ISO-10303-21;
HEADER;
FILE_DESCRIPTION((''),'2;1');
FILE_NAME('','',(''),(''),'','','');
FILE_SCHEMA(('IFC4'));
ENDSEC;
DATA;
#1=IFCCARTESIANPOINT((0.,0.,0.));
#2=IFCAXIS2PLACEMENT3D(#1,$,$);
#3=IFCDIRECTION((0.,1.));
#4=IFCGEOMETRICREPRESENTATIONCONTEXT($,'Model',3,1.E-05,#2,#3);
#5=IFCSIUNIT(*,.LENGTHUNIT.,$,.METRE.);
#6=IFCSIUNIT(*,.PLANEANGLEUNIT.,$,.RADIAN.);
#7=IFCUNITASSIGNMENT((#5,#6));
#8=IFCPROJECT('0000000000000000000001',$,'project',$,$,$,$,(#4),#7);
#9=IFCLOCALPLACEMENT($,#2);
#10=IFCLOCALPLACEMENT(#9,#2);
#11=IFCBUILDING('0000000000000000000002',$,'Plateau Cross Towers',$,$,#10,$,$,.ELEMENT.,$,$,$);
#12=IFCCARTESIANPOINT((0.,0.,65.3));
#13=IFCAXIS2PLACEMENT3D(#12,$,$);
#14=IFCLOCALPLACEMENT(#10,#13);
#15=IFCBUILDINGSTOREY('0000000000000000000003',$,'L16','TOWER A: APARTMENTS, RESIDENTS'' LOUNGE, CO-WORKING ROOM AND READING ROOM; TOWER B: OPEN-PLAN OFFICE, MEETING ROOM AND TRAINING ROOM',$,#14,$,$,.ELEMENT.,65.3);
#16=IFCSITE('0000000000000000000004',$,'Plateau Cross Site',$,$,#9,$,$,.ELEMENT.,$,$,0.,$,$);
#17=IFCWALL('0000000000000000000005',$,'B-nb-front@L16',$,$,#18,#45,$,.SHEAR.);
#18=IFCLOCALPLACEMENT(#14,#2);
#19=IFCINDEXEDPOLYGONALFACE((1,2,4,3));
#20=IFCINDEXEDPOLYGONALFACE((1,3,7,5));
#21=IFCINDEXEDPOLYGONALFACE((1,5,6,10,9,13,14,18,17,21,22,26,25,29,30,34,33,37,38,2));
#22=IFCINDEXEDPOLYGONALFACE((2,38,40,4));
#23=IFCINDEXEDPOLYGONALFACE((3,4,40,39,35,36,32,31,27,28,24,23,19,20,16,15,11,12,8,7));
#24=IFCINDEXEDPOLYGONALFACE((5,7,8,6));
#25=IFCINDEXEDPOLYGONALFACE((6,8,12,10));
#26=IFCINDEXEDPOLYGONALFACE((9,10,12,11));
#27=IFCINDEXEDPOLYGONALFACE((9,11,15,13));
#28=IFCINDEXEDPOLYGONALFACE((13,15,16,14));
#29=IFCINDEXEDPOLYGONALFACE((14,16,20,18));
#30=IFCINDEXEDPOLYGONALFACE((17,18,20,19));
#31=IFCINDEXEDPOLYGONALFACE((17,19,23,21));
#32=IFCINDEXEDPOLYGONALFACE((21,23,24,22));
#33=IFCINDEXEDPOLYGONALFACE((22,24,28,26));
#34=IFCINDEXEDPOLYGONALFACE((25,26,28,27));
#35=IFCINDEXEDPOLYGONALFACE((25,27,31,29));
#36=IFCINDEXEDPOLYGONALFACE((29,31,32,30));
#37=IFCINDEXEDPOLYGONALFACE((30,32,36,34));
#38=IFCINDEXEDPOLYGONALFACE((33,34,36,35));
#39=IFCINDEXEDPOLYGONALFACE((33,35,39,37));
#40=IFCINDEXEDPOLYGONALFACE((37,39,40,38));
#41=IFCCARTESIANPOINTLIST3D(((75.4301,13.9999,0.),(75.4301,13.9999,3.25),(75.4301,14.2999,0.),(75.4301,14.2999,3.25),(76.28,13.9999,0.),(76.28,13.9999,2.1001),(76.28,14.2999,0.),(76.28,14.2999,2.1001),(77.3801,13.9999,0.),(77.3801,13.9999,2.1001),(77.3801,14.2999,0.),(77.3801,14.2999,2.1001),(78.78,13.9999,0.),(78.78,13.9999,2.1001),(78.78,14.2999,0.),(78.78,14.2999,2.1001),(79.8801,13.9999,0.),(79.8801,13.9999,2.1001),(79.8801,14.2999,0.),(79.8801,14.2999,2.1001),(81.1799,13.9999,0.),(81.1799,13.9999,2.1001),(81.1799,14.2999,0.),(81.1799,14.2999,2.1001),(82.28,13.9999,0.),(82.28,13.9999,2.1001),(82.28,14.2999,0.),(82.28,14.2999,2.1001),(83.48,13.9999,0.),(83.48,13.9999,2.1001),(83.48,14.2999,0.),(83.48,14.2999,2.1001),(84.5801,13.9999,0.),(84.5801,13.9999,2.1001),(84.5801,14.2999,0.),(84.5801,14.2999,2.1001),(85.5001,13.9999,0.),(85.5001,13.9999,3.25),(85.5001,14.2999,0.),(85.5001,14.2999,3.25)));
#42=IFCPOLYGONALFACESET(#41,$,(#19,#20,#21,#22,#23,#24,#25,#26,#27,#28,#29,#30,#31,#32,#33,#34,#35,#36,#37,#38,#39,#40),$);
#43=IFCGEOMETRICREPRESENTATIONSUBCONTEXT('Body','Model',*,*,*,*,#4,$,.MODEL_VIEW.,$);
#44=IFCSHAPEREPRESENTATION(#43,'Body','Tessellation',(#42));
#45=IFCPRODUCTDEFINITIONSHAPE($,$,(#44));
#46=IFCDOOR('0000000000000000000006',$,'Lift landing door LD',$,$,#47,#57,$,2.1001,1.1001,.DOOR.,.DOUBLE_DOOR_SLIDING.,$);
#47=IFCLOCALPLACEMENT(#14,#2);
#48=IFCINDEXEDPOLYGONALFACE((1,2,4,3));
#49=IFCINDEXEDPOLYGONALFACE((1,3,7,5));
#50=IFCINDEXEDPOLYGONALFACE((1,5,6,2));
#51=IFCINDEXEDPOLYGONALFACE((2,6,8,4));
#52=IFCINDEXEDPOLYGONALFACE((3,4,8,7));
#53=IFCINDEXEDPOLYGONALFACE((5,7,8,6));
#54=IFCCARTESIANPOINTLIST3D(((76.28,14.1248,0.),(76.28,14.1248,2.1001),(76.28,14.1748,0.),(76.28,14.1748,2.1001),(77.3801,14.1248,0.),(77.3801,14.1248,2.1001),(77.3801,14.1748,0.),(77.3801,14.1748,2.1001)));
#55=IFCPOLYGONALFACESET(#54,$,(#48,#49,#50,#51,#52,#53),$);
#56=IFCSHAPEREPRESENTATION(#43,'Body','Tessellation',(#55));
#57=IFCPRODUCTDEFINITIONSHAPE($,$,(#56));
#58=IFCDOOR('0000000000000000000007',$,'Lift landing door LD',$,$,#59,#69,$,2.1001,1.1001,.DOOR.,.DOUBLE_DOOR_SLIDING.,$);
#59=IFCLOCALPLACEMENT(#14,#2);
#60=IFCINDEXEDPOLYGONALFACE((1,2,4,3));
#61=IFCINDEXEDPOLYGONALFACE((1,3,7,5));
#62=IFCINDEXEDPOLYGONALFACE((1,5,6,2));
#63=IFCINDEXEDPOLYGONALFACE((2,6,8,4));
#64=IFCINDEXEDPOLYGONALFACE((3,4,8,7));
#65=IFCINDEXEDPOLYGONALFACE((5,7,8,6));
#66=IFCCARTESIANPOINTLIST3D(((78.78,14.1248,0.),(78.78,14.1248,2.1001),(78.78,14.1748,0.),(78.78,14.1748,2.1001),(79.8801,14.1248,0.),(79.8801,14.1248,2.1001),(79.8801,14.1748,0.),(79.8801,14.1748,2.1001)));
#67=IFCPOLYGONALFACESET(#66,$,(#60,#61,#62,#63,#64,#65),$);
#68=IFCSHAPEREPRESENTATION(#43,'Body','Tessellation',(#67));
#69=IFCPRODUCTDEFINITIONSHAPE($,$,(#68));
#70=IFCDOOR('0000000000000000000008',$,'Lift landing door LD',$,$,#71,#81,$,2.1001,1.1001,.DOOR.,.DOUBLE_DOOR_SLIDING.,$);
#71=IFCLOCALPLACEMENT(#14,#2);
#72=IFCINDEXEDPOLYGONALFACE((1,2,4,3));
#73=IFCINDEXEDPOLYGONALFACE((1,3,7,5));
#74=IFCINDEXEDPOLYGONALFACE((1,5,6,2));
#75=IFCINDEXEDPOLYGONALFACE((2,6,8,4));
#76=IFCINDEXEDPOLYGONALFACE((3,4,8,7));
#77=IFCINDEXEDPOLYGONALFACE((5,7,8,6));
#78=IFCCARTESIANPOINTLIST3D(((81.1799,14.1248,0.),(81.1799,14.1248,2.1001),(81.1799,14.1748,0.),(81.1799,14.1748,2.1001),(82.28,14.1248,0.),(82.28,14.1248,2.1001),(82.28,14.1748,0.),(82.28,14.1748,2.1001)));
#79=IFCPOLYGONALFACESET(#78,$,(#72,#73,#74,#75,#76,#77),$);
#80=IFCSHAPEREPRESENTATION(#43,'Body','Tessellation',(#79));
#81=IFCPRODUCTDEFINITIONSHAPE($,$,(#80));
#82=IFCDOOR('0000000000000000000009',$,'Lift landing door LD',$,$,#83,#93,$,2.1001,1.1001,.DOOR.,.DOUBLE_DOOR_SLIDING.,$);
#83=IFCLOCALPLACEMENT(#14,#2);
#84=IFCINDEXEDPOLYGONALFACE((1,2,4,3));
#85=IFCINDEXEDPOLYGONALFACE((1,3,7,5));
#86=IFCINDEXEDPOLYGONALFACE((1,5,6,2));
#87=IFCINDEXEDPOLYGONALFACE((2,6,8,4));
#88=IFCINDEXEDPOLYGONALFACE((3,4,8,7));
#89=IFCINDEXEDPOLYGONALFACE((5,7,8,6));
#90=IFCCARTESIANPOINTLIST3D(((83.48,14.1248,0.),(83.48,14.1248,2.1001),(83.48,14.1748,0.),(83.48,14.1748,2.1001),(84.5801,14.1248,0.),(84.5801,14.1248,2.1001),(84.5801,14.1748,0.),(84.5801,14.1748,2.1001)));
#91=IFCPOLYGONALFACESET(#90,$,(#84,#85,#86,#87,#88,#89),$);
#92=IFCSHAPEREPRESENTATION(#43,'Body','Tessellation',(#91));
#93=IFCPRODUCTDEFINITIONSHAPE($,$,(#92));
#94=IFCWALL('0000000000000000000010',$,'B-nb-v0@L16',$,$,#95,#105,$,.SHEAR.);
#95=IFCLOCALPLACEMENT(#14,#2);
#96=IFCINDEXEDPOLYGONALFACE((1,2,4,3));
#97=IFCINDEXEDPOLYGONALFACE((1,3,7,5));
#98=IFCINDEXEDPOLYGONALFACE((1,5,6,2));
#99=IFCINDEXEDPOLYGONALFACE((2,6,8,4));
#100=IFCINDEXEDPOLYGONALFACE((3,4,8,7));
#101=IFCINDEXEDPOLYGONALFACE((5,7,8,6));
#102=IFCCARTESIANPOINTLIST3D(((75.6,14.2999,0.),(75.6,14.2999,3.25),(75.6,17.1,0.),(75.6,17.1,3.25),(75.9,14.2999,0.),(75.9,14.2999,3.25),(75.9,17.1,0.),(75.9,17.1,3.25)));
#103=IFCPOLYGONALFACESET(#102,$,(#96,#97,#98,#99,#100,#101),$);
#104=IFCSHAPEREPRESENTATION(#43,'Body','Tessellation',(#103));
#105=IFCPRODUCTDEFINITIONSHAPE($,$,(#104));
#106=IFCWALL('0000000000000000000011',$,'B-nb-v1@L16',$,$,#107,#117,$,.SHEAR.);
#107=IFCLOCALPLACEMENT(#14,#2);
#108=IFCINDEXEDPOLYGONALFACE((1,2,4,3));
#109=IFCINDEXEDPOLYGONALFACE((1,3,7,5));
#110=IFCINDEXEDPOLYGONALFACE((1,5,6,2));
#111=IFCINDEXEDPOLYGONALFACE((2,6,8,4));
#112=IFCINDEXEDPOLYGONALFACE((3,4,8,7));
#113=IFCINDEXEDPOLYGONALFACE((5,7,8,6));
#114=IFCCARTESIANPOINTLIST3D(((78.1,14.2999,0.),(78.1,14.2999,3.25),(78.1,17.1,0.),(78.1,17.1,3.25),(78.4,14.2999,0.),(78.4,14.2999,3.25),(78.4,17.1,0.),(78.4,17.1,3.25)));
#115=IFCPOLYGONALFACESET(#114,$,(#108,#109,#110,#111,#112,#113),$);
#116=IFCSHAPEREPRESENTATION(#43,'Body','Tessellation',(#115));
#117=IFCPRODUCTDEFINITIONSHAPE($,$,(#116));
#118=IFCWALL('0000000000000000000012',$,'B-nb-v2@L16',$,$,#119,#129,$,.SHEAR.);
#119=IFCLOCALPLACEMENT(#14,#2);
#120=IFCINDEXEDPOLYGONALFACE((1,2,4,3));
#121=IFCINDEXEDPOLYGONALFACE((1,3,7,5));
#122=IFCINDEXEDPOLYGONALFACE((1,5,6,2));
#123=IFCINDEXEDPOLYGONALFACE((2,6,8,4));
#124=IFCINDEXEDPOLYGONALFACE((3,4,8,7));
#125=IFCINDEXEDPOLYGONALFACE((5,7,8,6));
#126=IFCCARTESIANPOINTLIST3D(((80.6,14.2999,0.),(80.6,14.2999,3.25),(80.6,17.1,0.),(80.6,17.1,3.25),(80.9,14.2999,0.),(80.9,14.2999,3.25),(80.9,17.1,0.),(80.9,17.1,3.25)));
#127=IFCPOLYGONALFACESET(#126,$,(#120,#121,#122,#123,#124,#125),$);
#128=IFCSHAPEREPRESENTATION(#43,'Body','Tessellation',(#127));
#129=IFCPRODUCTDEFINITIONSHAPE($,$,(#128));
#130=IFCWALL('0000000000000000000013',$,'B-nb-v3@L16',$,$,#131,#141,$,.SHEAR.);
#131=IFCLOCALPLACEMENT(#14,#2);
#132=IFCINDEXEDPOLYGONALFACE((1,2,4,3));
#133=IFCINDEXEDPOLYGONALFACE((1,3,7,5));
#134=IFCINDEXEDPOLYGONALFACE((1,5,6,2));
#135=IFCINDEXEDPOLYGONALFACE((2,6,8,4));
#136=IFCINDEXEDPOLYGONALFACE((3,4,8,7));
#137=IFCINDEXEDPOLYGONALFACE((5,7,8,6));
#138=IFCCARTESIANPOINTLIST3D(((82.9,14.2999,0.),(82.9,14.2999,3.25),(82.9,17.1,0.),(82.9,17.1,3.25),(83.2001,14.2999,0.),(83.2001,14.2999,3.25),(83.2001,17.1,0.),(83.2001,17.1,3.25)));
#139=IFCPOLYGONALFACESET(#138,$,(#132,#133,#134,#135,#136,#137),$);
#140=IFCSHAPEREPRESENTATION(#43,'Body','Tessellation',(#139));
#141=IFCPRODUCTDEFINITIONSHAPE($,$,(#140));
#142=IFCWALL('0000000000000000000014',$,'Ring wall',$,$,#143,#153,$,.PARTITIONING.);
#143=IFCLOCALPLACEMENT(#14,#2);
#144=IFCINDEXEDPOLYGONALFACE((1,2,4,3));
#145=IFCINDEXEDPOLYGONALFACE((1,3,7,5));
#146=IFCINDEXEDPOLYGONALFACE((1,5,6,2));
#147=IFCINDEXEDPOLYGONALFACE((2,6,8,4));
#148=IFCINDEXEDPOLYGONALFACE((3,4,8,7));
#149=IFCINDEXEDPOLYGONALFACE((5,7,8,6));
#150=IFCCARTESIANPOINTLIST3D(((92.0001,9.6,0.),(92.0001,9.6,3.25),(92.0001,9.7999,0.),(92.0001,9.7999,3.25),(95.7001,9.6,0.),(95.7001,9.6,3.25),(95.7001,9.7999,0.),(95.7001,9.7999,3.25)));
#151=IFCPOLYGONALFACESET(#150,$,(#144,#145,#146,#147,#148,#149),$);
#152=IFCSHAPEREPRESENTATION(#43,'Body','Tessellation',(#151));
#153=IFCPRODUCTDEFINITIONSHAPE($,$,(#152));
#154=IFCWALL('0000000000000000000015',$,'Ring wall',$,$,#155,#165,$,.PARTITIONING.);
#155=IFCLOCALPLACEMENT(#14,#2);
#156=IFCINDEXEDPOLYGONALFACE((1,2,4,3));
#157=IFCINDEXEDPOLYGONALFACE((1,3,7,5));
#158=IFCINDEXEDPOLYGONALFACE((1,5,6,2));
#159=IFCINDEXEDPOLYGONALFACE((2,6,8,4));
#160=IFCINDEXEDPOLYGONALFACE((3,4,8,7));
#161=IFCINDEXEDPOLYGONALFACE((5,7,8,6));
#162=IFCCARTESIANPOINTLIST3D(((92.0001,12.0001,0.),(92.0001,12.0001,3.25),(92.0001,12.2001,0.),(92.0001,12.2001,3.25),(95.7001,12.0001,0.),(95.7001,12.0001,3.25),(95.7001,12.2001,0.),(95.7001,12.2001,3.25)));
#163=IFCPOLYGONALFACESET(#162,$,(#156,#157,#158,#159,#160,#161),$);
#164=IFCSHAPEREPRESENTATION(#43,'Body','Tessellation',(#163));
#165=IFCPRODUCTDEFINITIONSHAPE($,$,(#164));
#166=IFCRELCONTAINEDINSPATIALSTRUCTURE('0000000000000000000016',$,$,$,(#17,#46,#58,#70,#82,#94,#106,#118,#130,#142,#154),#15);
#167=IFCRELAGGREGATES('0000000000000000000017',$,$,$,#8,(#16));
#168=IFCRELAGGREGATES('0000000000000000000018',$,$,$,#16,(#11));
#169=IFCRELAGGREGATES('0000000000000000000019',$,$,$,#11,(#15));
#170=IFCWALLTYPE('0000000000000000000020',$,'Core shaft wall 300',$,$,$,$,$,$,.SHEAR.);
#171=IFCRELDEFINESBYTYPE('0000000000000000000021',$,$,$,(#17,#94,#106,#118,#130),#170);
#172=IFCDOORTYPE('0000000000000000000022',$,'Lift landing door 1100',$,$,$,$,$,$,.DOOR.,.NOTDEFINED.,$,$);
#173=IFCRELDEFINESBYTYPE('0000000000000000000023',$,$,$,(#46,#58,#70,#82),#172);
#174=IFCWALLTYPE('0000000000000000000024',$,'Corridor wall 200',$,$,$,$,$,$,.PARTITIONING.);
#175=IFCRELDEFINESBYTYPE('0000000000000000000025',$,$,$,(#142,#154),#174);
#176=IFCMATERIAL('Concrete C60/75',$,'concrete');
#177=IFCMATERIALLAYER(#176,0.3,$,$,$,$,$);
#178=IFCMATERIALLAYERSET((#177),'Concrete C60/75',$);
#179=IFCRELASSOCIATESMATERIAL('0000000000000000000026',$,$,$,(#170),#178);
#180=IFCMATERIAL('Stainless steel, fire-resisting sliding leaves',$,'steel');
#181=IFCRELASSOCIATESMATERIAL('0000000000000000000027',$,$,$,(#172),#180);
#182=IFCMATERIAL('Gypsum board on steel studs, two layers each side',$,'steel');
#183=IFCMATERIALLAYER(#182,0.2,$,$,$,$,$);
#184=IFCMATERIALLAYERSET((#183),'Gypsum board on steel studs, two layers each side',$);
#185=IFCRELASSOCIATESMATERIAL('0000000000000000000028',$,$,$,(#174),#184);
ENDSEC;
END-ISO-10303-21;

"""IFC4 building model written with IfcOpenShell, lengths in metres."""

from ifc_helpers import new_model, si_unit, direction, frame, frame_2d, origin, place, context, subcontext, project, spatial, rectangle, extrude, material, layer, layer_set, type_object, element, fill, save


model = new_model("IFC4")

# Units and contexts
model_context = context("Model", 3, precision=1e-05, world=origin(), true_north=direction((0.0, 1.0)))
body_context = subcontext(model_context, "Body", "Model", "MODEL_VIEW")
ifc_project = project(units=[si_unit("LENGTHUNIT", "METRE"), si_unit("PLANEANGLEUNIT", "RADIAN")], contexts=[model_context])

# Site, building, storey
site_placement = place(None, origin())
site = spatial("IfcSite", under=ifc_project, at=site_placement, Name="Plateau Cross Site", CompositionType="ELEMENT", RefElevation=0.0)
building_placement = place(site_placement, origin())
building = spatial("IfcBuilding", under=site, at=building_placement, Name="Plateau Cross Towers", CompositionType="ELEMENT")
storey_placement = place(building_placement, frame((0.0, 0.0, 65.3)))
storey = spatial("IfcBuildingStorey", under=building, at=storey_placement, Name="L16", Description="TOWER A: APARTMENTS, RESIDENTS' LOUNGE, CO-WORKING ROOM AND READING ROOM; TOWER B: OPEN-PLAN OFFICE, MEETING ROOM AND TRAINING ROOM", CompositionType="ELEMENT", Elevation=65.3)

# Shared definitions
ifc_material_1 = material(Name="Concrete C60/75", Category="concrete")

# Wall, openings, doors
ifc_layer_1 = layer(ifc_material_1, 0.3)
ifc_layer_set_1 = layer_set([ifc_layer_1], Name="Concrete C60/75")
wall_type_1 = type_object("IfcWallType", Name="Core shaft wall 300", PredefinedType="SHEAR", material=ifc_layer_set_1)
wall_1_placement = place(storey_placement, frame((75.4299, 14.1499, 0.0), z_axis=(0.0, 0.0, 1.0), x_axis=(1.0, 0.0, 0.0)))
wall_1 = element("IfcWall", 1, at=wall_1_placement, inside=storey, type_object=wall_type_1, Name="B-nb-front@L16", PredefinedType="SHEAR", context=body_context, shape_type="SweptSolid", body=[
    extrude(rectangle(XDim=10.0701, YDim=0.3, at=frame_2d((5.0352, 0.0))), origin(), (0.0, 0.0, 1.0), 3.25),
])
opening_1_placement = place(wall_1_placement, frame((0.8501, 0.0, 0.0)))
opening_1 = element("IfcOpeningElement", 2, at=opening_1_placement, cuts=wall_1, PredefinedType="OPENING", context=body_context, shape_type="SweptSolid", body=[
    extrude(rectangle(XDim=1.1001, YDim=2.1001, at=frame_2d((0.55, 1.05))), frame((0.0, 0.1599, 0.0), z_axis=(0.0, -1.0, 0.0), x_axis=(1.0, 0.0, 0.0)), (0.0, 0.0, 1.0), 0.3201),
])
opening_2_placement = place(wall_1_placement, frame((3.3501, 0.0, 0.0)))
opening_2 = element("IfcOpeningElement", 3, at=opening_2_placement, cuts=wall_1, PredefinedType="OPENING", context=body_context, shape_type="SweptSolid", body=[
    extrude(rectangle(XDim=1.1001, YDim=2.1001, at=frame_2d((0.55, 1.05))), frame((0.0, 0.1599, 0.0), z_axis=(0.0, -1.0, 0.0), x_axis=(1.0, 0.0, 0.0)), (0.0, 0.0, 1.0), 0.3201),
])
opening_3_placement = place(wall_1_placement, frame((5.75, 0.0, 0.0)))
opening_3 = element("IfcOpeningElement", 4, at=opening_3_placement, cuts=wall_1, PredefinedType="OPENING", context=body_context, shape_type="SweptSolid", body=[
    extrude(rectangle(XDim=1.1001, YDim=2.1001, at=frame_2d((0.55, 1.05))), frame((0.0, 0.1599, 0.0), z_axis=(0.0, -1.0, 0.0), x_axis=(1.0, 0.0, 0.0)), (0.0, 0.0, 1.0), 0.3201),
])
opening_4_placement = place(wall_1_placement, frame((8.05, 0.0, 0.0)))
opening_4 = element("IfcOpeningElement", 5, at=opening_4_placement, cuts=wall_1, PredefinedType="OPENING", context=body_context, shape_type="SweptSolid", body=[
    extrude(rectangle(XDim=1.1001, YDim=2.1001, at=frame_2d((0.55, 1.05))), frame((0.0, 0.1599, 0.0), z_axis=(0.0, -1.0, 0.0), x_axis=(1.0, 0.0, 0.0)), (0.0, 0.0, 1.0), 0.3201),
])
ifc_material_2 = material(Name="Stainless steel, fire-resisting sliding leaves", Category="steel")
door_type_1 = type_object("IfcDoorType", Name="Lift landing door 1100", OperationType="NOTDEFINED", PredefinedType="DOOR", material=ifc_material_2)
door_1_placement = place(opening_1_placement, origin())
door_1 = element("IfcDoor", 6, at=door_1_placement, inside=storey, type_object=door_type_1, Name="Lift landing door LD", OperationType="DOUBLE_DOOR_SLIDING", OverallHeight=2.1001, OverallWidth=1.1001, PredefinedType="DOOR", context=body_context, shape_type="SweptSolid", body=[
    extrude(rectangle(XDim=1.1001, YDim=2.1001, at=frame_2d((0.55, 1.05))), frame((0.0, 0.0249, 0.0), z_axis=(0.0, -1.0, 0.0), x_axis=(1.0, 0.0, 0.0)), (0.0, 0.0, 1.0), 0.05),
])
fill(opening_1, door_1)
door_2_placement = place(opening_2_placement, origin())
door_2 = element("IfcDoor", 7, at=door_2_placement, inside=storey, type_object=door_type_1, Name="Lift landing door LD", OperationType="DOUBLE_DOOR_SLIDING", OverallHeight=2.1001, OverallWidth=1.1001, PredefinedType="DOOR", context=body_context, shape_type="SweptSolid", body=[
    extrude(rectangle(XDim=1.1001, YDim=2.1001, at=frame_2d((0.55, 1.05))), frame((0.0, 0.0249, 0.0), z_axis=(0.0, -1.0, 0.0), x_axis=(1.0, 0.0, 0.0)), (0.0, 0.0, 1.0), 0.05),
])
fill(opening_2, door_2)
door_3_placement = place(opening_3_placement, origin())
door_3 = element("IfcDoor", 8, at=door_3_placement, inside=storey, type_object=door_type_1, Name="Lift landing door LD", OperationType="DOUBLE_DOOR_SLIDING", OverallHeight=2.1001, OverallWidth=1.1001, PredefinedType="DOOR", context=body_context, shape_type="SweptSolid", body=[
    extrude(rectangle(XDim=1.1001, YDim=2.1001, at=frame_2d((0.55, 1.05))), frame((0.0, 0.0249, 0.0), z_axis=(0.0, -1.0, 0.0), x_axis=(1.0, 0.0, 0.0)), (0.0, 0.0, 1.0), 0.05),
])
fill(opening_3, door_3)
door_4_placement = place(opening_4_placement, origin())
door_4 = element("IfcDoor", 9, at=door_4_placement, inside=storey, type_object=door_type_1, Name="Lift landing door LD", OperationType="DOUBLE_DOOR_SLIDING", OverallHeight=2.1001, OverallWidth=1.1001, PredefinedType="DOOR", context=body_context, shape_type="SweptSolid", body=[
    extrude(rectangle(XDim=1.1001, YDim=2.1001, at=frame_2d((0.55, 1.05))), frame((0.0, 0.0249, 0.0), z_axis=(0.0, -1.0, 0.0), x_axis=(1.0, 0.0, 0.0)), (0.0, 0.0, 1.0), 0.05),
])
fill(opening_4, door_4)

# Walls
for number, where, z_axis, x_axis, name in (
    (10, (75.75, 14.3, 0.0), (0.0, 0.0, 1.0), (0.0, 1.0, 0.0), "B-nb-v0@L16"),
    (11, (78.25, 14.3, 0.0), (0.0, 0.0, 1.0), (0.0, 1.0, 0.0), "B-nb-v1@L16"),
    (12, (80.75, 14.3, 0.0), (0.0, 0.0, 1.0), (0.0, 1.0, 0.0), "B-nb-v2@L16"),
    (13, (83.05, 14.3, 0.0), (0.0, 0.0, 1.0), (0.0, 1.0, 0.0), "B-nb-v3@L16"),
):
    element("IfcWall", number, at=place(storey_placement, frame(where, z_axis=z_axis, x_axis=x_axis)), inside=storey, type_object=wall_type_1, Name=name, PredefinedType="SHEAR", context=body_context, shape_type="SweptSolid", body=[
        extrude(rectangle(XDim=2.8, YDim=0.3, at=frame_2d((1.3999, 0.0))), origin(), (0.0, 0.0, 1.0), 3.25),
    ])

# Shared definitions
ifc_material_3 = material(Name="Gypsum board on steel studs, two layers each side", Category="steel")
ifc_layer_2 = layer(ifc_material_3, 0.2)
ifc_layer_set_2 = layer_set([ifc_layer_2], Name="Gypsum board on steel studs, two layers each side")
wall_type_2 = type_object("IfcWallType", Name="Corridor wall 200", PredefinedType="PARTITIONING", material=ifc_layer_set_2)

# Walls
for number, where, z_axis, x_axis, name in (
    (14, (92.0, 9.7, 0.0), (0.0, 0.0, 1.0), (1.0, 0.0, 0.0), "Ring wall"),
    (15, (92.0, 12.1001, 0.0), (0.0, 0.0, 1.0), (1.0, 0.0, 0.0), "Ring wall"),
):
    element("IfcWall", number, at=place(storey_placement, frame(where, z_axis=z_axis, x_axis=x_axis)), inside=storey, type_object=wall_type_2, Name=name, PredefinedType="PARTITIONING", context=body_context, shape_type="SweptSolid", body=[
        extrude(rectangle(XDim=3.7, YDim=0.2, at=frame_2d((1.8501, 0.0))), origin(), (0.0, 0.0, 1.0), 3.25),
    ])

save(model, "model.ifc")
